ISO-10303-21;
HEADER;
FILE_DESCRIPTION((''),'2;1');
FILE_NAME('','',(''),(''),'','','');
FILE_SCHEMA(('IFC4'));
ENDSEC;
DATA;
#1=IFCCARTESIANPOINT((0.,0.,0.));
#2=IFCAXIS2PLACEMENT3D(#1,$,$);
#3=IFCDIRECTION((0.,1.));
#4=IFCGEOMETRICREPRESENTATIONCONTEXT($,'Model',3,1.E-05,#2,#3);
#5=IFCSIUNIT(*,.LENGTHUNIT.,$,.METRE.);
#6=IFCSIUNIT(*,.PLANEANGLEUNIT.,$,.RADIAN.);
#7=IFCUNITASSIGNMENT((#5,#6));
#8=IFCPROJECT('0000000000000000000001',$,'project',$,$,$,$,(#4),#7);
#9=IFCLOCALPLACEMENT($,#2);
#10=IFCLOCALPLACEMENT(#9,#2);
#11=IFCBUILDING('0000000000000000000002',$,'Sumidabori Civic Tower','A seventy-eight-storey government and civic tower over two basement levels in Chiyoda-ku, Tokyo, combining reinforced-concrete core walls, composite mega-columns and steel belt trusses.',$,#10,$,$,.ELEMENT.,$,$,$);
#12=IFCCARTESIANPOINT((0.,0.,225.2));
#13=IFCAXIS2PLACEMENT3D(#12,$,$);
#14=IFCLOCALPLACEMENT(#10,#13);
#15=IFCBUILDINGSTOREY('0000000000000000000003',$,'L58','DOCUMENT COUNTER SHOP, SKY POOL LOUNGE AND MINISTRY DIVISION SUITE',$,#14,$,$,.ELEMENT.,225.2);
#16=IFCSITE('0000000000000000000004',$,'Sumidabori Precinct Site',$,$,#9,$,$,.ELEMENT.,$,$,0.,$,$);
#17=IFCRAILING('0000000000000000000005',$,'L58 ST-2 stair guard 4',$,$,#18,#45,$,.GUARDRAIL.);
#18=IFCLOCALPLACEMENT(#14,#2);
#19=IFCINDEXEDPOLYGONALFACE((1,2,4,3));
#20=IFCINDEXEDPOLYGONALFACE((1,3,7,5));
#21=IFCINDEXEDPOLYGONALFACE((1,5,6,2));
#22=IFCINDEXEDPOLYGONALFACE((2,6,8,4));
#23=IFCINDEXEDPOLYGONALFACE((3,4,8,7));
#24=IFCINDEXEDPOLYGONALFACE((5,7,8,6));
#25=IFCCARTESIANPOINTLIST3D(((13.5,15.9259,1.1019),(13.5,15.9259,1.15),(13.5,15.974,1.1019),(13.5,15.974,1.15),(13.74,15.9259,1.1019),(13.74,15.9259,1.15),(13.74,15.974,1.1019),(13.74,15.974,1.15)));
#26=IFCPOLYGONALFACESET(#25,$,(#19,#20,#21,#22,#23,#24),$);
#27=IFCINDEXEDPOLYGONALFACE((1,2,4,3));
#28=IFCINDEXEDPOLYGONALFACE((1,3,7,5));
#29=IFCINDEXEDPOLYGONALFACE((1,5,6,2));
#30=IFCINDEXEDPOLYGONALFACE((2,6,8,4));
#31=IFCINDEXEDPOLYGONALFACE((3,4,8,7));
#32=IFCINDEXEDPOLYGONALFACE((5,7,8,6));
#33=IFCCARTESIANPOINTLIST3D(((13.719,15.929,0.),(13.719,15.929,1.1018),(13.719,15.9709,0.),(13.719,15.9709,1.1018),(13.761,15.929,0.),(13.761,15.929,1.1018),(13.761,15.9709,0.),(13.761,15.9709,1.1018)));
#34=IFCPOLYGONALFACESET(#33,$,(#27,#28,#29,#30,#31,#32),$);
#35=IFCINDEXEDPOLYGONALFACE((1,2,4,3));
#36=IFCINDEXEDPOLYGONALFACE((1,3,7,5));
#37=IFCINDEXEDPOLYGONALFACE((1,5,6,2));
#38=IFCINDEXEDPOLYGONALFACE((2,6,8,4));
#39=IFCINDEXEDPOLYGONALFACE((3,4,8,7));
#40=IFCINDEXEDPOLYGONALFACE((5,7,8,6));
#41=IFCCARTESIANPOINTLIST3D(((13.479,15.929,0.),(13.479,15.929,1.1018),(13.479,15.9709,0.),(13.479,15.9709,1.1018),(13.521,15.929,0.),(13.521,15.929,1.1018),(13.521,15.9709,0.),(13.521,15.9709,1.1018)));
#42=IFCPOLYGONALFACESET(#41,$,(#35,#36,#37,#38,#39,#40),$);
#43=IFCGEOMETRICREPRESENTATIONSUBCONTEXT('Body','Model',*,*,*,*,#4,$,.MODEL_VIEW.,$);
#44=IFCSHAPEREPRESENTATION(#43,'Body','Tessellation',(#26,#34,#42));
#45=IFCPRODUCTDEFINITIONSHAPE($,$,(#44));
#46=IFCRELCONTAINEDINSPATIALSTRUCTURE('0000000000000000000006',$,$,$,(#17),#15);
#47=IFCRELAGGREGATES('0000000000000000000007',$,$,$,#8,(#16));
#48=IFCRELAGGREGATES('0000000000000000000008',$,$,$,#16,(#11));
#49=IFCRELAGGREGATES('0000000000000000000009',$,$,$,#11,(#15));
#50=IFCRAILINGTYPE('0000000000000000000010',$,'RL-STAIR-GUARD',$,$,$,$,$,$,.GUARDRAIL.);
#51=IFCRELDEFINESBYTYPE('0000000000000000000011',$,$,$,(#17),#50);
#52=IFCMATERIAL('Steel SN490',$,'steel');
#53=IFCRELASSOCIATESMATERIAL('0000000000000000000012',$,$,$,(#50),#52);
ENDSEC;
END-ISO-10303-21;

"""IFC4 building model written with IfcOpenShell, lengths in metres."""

from ifc_helpers import new_model, si_unit, direction, frame, origin, origin_2d, place, context, subcontext, project, spatial, rectangle, extrude, material, type_object, element, save


model = new_model("IFC4")

# Units and contexts
model_context = context("Model", 3, precision=1e-05, world=origin(), true_north=direction((0.0, 1.0)))
body_context = subcontext(model_context, "Body", "Model", "MODEL_VIEW")
ifc_project = project(units=[si_unit("LENGTHUNIT", "METRE"), si_unit("PLANEANGLEUNIT", "RADIAN")], contexts=[model_context])

# Site, building, storey
site_placement = place(None, origin())
site = spatial("IfcSite", under=ifc_project, at=site_placement, Name="Sumidabori Precinct Site", CompositionType="ELEMENT", RefElevation=0.0)
building_placement = place(site_placement, origin())
building = spatial("IfcBuilding", under=site, at=building_placement, Name="Sumidabori Civic Tower", Description="A seventy-eight-storey government and civic tower over two basement levels in Chiyoda-ku, Tokyo, combining reinforced-concrete core walls, composite mega-columns and steel belt trusses.", CompositionType="ELEMENT")
storey_placement = place(building_placement, frame((0.0, 0.0, 225.2)))
storey = spatial("IfcBuildingStorey", under=building, at=storey_placement, Name="L58", Description="DOCUMENT COUNTER SHOP, SKY POOL LOUNGE AND MINISTRY DIVISION SUITE", CompositionType="ELEMENT", Elevation=225.2)

# Railing
ifc_material_1 = material(Name="Steel SN490", Category="steel")
railing_type_1 = type_object("IfcRailingType", Name="RL-STAIR-GUARD", PredefinedType="GUARDRAIL", material=ifc_material_1)
for number, where, name in (
    (1, (13.74, 15.95, 0.0), "L58 ST-2 stair guard 4"),
):
    element("IfcRailing", number, at=place(storey_placement, frame(where)), inside=storey, type_object=railing_type_1, Name=name, PredefinedType="GUARDRAIL", context=body_context, shape_type="SweptSolid", body=[
        extrude(rectangle(XDim=0.0481, YDim=0.0481, at=origin_2d()), frame((0.0, 0.0, 1.126), z_axis=(-1.0, 0.0, 0.0), x_axis=(0.0, -1.0, 0.0)), (0.0, 0.0, 1.0), 0.24),
        extrude(rectangle(XDim=0.042, YDim=0.042, at=origin_2d()), origin(), (0.0, 0.0, 1.0), 1.1018),
        extrude(rectangle(XDim=0.042, YDim=0.042, at=origin_2d()), frame((-0.24, 0.0, 0.0)), (0.0, 0.0, 1.0), 1.1018),
    ])

save(model, "model.ifc")
